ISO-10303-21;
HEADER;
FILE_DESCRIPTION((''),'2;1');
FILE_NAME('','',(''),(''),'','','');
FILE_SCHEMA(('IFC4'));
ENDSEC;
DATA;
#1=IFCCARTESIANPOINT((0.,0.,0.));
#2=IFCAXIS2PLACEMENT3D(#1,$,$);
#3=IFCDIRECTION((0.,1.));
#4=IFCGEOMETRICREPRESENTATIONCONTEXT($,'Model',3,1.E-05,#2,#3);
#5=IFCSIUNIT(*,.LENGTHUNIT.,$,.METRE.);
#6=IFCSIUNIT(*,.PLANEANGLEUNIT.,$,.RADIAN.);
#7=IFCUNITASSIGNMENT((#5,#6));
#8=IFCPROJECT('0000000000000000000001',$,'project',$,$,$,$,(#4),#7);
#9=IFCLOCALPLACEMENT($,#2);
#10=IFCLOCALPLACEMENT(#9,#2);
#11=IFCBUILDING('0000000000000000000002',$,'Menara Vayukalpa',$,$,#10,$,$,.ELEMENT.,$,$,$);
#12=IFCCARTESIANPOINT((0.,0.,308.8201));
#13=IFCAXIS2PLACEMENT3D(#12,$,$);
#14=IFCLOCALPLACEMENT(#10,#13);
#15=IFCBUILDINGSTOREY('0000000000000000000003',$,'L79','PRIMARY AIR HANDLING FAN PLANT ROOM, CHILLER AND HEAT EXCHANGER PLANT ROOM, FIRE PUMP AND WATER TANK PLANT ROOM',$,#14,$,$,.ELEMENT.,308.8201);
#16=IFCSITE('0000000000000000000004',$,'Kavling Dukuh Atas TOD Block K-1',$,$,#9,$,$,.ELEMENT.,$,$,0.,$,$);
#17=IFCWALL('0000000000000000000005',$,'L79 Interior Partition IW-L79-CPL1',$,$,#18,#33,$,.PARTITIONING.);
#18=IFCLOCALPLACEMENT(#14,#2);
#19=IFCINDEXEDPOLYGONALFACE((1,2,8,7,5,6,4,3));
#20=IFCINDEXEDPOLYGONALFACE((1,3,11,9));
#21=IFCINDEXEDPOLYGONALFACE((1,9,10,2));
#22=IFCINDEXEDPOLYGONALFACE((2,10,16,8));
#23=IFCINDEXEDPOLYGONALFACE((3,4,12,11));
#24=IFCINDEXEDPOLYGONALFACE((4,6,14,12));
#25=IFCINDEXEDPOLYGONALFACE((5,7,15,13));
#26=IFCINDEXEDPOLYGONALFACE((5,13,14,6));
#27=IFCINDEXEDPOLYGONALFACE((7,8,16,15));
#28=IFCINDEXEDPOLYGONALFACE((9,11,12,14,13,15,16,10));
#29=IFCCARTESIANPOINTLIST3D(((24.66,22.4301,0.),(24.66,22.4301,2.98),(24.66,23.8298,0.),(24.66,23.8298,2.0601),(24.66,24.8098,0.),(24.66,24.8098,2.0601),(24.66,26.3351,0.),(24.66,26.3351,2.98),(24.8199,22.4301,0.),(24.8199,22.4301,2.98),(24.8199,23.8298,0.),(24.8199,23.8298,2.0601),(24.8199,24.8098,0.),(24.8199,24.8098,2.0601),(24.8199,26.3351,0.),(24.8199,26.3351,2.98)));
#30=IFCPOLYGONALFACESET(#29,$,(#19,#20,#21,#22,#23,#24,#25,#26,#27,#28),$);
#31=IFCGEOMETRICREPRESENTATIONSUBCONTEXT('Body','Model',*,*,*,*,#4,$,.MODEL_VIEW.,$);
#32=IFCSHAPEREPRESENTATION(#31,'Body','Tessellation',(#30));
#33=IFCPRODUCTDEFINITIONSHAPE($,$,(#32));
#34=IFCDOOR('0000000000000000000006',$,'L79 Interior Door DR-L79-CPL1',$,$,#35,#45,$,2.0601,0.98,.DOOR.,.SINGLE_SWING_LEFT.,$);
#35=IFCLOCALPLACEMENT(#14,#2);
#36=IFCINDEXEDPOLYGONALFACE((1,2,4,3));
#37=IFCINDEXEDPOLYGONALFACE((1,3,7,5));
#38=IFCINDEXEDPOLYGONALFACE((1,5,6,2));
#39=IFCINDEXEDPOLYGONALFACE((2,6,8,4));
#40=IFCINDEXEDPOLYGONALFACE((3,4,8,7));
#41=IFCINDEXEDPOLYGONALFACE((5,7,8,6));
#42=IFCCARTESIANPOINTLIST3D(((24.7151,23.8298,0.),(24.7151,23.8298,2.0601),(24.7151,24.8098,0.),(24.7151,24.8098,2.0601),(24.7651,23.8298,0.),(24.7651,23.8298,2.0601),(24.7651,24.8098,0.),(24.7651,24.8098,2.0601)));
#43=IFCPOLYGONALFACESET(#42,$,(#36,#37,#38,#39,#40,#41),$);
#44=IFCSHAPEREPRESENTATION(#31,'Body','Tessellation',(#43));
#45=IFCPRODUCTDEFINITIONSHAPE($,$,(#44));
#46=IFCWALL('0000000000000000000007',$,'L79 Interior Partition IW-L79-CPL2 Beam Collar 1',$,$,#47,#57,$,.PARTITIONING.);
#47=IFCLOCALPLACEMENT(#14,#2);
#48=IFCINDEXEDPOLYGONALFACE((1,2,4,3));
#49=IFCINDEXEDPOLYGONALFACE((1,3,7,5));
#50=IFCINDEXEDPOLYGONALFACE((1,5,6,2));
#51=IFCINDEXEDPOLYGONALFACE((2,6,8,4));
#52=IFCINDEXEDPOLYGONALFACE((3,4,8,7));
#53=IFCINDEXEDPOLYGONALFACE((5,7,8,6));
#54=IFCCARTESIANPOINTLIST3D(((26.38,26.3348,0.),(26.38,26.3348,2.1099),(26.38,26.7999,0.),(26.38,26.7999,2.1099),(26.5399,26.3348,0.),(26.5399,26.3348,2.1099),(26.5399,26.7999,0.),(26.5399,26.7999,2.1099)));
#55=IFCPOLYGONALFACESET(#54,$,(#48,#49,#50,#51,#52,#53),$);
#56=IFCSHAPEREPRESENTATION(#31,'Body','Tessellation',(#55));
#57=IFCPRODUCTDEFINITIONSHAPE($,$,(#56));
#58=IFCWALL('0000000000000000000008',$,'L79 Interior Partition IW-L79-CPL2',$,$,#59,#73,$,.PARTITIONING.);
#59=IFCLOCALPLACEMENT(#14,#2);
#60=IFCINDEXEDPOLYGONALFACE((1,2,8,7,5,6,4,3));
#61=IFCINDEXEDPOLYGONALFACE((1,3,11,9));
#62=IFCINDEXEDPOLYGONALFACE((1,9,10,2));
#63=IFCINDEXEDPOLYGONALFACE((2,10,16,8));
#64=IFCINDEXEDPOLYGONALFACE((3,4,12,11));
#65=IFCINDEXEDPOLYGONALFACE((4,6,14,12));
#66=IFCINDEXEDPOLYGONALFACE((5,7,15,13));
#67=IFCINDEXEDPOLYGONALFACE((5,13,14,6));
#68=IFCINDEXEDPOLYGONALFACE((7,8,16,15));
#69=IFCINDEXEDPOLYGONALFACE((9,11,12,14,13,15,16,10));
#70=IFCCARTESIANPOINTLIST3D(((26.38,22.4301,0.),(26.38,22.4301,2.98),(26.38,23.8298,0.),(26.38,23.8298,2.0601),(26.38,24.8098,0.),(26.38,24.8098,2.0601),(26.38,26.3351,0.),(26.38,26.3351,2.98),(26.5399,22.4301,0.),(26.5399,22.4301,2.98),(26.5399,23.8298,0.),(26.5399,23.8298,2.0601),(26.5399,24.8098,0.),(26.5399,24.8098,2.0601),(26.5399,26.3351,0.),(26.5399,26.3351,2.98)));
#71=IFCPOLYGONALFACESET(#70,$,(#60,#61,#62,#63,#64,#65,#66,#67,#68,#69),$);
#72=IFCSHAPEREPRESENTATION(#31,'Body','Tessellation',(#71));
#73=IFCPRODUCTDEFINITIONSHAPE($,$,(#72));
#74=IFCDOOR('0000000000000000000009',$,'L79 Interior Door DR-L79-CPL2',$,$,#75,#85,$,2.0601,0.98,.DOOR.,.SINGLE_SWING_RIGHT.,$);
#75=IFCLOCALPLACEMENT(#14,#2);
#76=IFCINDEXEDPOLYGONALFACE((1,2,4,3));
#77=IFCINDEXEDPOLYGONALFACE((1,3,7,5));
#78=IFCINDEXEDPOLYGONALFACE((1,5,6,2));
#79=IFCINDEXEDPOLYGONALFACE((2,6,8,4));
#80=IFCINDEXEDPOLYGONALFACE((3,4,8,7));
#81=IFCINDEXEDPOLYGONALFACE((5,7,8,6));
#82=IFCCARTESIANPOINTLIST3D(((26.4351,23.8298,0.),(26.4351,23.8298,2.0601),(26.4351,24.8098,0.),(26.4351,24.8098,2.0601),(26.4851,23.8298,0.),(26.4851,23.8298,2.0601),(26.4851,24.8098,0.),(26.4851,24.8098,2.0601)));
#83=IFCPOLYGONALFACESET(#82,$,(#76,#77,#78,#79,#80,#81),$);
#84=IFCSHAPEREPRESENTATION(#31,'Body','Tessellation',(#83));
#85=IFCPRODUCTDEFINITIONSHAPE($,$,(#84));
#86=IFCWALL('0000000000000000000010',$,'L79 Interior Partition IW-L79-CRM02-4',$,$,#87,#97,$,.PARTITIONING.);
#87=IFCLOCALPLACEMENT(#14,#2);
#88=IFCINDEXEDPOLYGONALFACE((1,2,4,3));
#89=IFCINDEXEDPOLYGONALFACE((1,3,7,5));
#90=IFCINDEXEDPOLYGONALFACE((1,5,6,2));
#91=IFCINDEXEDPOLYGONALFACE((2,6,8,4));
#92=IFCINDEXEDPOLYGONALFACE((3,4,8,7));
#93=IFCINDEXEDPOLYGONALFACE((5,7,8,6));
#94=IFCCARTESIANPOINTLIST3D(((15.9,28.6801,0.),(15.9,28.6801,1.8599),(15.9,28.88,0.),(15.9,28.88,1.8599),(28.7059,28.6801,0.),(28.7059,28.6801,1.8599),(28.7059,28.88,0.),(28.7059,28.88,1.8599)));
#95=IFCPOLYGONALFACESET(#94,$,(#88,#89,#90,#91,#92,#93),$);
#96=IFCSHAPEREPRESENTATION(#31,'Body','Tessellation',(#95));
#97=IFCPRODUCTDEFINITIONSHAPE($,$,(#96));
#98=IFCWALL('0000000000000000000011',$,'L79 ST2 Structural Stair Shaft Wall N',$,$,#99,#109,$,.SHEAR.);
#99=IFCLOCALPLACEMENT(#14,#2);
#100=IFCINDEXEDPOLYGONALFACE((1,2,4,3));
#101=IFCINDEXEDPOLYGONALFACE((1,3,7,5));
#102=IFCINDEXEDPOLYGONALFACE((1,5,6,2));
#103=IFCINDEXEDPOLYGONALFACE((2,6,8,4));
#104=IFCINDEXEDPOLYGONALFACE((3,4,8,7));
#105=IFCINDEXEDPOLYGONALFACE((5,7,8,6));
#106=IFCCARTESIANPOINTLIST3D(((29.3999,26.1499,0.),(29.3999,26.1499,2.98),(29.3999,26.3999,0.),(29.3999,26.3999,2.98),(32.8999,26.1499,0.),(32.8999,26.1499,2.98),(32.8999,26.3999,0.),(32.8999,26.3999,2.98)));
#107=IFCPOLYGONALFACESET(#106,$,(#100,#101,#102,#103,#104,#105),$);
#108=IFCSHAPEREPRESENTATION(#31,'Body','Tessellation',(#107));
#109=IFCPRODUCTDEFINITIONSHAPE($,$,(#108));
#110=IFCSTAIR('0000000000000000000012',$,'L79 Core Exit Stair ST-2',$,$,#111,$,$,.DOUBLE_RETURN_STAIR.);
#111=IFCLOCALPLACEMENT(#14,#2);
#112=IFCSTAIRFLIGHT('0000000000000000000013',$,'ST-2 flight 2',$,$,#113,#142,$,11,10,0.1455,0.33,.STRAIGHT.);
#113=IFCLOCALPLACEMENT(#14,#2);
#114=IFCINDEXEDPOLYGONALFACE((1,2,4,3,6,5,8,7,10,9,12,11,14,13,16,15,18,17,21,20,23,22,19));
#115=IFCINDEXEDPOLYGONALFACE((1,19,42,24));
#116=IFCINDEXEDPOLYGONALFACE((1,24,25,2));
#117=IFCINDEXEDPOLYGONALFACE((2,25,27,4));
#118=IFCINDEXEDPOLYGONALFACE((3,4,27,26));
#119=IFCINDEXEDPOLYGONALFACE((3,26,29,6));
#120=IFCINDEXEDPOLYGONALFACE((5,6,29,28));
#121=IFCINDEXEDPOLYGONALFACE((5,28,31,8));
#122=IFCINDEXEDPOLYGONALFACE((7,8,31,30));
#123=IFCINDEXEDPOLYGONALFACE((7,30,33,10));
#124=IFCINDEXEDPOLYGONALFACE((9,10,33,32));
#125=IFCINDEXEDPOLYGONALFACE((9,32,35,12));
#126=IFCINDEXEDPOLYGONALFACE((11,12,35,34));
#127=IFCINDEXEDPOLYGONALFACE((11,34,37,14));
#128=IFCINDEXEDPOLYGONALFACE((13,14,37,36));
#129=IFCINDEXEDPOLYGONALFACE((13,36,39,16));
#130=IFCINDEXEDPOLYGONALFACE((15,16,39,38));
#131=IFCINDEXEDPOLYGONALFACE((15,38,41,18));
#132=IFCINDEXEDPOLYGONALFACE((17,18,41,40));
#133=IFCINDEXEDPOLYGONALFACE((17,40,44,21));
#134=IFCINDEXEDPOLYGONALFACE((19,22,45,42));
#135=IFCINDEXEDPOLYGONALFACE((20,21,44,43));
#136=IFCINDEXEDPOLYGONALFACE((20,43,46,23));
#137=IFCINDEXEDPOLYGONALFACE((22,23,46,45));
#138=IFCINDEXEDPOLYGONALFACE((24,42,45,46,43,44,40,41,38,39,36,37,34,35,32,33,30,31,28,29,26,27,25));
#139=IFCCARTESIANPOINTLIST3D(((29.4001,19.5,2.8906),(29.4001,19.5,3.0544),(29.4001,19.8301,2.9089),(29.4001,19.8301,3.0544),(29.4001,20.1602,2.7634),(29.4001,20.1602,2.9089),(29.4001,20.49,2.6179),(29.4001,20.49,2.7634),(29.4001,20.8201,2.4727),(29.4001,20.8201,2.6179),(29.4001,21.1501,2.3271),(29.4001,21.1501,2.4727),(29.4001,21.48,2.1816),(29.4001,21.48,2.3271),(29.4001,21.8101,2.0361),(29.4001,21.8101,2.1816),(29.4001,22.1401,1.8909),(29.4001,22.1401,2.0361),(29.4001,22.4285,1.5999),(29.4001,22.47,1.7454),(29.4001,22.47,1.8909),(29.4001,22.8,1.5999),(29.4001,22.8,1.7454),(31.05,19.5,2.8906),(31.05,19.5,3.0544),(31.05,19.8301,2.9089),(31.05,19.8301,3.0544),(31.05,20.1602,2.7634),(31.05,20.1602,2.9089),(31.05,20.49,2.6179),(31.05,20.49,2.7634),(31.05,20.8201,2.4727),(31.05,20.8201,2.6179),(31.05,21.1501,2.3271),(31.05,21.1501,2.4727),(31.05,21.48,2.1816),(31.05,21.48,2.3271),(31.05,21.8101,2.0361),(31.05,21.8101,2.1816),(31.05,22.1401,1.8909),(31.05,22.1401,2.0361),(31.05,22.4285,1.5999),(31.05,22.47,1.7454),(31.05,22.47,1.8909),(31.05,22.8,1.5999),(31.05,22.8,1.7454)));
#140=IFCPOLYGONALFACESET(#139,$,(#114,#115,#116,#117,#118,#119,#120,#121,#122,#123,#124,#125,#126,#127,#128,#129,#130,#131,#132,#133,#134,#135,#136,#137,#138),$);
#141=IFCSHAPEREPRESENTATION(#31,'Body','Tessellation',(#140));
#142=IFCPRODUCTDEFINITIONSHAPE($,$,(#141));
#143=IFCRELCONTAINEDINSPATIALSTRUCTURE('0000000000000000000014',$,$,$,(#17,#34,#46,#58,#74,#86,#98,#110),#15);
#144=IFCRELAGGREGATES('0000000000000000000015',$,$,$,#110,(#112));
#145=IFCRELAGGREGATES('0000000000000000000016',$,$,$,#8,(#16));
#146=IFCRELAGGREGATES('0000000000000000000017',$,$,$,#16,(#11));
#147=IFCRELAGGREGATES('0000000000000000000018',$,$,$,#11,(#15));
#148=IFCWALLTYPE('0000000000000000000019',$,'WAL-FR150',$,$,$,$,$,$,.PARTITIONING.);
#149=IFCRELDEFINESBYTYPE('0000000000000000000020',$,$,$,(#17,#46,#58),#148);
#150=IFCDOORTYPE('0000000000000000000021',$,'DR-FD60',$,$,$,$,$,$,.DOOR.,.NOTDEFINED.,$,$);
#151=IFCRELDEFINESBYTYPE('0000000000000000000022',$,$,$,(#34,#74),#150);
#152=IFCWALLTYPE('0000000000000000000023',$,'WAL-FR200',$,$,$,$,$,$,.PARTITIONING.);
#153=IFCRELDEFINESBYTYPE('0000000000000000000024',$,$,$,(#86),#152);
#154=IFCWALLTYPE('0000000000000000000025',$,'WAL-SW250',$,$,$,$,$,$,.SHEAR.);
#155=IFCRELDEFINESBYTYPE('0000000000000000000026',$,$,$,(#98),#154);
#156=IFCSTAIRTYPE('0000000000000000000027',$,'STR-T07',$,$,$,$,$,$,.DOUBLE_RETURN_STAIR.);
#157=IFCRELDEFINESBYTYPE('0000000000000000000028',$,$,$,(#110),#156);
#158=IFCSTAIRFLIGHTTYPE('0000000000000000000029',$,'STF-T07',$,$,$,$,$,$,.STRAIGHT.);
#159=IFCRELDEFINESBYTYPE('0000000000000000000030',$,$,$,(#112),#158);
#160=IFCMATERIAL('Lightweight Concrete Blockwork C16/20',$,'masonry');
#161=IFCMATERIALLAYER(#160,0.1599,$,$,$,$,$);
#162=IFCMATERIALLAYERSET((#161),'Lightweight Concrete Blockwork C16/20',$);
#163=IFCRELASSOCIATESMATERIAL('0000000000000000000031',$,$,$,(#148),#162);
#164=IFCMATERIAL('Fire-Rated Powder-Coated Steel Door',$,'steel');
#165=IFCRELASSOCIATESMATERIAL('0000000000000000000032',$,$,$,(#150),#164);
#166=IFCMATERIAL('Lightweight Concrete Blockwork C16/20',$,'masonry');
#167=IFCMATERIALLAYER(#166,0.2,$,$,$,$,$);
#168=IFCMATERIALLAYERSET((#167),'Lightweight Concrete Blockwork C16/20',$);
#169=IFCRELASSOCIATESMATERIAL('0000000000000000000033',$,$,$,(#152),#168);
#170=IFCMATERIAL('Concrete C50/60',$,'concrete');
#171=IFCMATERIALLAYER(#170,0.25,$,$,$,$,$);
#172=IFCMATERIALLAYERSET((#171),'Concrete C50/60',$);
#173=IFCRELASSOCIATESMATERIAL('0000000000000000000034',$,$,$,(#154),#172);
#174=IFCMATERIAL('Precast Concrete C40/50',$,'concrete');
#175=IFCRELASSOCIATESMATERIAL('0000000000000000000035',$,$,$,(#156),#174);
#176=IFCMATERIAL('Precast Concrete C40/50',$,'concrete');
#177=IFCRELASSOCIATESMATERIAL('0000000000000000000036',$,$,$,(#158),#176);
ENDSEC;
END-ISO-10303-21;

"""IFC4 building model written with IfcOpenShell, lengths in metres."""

from ifc_helpers import new_model, si_unit, direction, frame, frame_2d, origin, place, context, subcontext, project, spatial, polyline, rectangle, outline, extrude, material, layer, layer_set, type_object, element, fill, aggregate, save


model = new_model("IFC4")

# Units and contexts
model_context = context("Model", 3, precision=1e-05, world=origin(), true_north=direction((0.0, 1.0)))
body_context = subcontext(model_context, "Body", "Model", "MODEL_VIEW")
ifc_project = project(units=[si_unit("LENGTHUNIT", "METRE"), si_unit("PLANEANGLEUNIT", "RADIAN")], contexts=[model_context])

# Site, building, storey
site_placement = place(None, origin())
site = spatial("IfcSite", under=ifc_project, at=site_placement, Name="Kavling Dukuh Atas TOD Block K-1", CompositionType="ELEMENT", RefElevation=0.0)
building_placement = place(site_placement, origin())
building = spatial("IfcBuilding", under=site, at=building_placement, Name="Menara Vayukalpa", CompositionType="ELEMENT")
storey_placement = place(building_placement, frame((0.0, 0.0, 308.8201)))
storey = spatial("IfcBuildingStorey", under=building, at=storey_placement, Name="L79", Description="PRIMARY AIR HANDLING FAN PLANT ROOM, CHILLER AND HEAT EXCHANGER PLANT ROOM, FIRE PUMP AND WATER TANK PLANT ROOM", CompositionType="ELEMENT", Elevation=308.8201)

# Shared definitions
ifc_material_1 = material(Name="Lightweight Concrete Blockwork C16/20", Category="masonry")
ifc_layer_1 = layer(ifc_material_1, 0.1599)
ifc_layer_set_1 = layer_set([ifc_layer_1], Name="Lightweight Concrete Blockwork C16/20")
wall_type_1 = type_object("IfcWallType", Name="WAL-FR150", PredefinedType="PARTITIONING", material=ifc_layer_set_1)

# Wall, opening, door
wall_1_placement = place(storey_placement, frame((24.74, 22.4299, 0.0), z_axis=(0.0, 0.0, 1.0), x_axis=(0.0, 1.0, 0.0)))
wall_1 = element("IfcWall", 1, at=wall_1_placement, inside=storey, type_object=wall_type_1, Name="L79 Interior Partition IW-L79-CPL1", PredefinedType="PARTITIONING", context=body_context, shape_type="SweptSolid", body=[
    extrude(rectangle(XDim=3.905, YDim=0.1599, at=frame_2d((1.9526, 0.0))), origin(), (0.0, 0.0, 1.0), 2.98),
])
opening_1_placement = place(wall_1_placement, frame((1.3999, 0.0, 0.0)))
opening_1 = element("IfcOpeningElement", 2, at=opening_1_placement, cuts=wall_1, PredefinedType="OPENING", context=body_context, shape_type="SweptSolid", body=[
    extrude(rectangle(XDim=0.98, YDim=2.0601, at=frame_2d((0.49, 1.03))), frame((0.0, 0.0898, 0.0), z_axis=(0.0, -1.0, 0.0), x_axis=(1.0, 0.0, 0.0)), (0.0, 0.0, 1.0), 0.1799),
])
ifc_material_2 = material(Name="Fire-Rated Powder-Coated Steel Door", Category="steel")
door_type = type_object("IfcDoorType", Name="DR-FD60", OperationType="NOTDEFINED", PredefinedType="DOOR", material=ifc_material_2)
door_1_placement = place(opening_1_placement, origin())
door_1 = element("IfcDoor", 3, at=door_1_placement, inside=storey, type_object=door_type, Name="L79 Interior Door DR-L79-CPL1", OperationType="SINGLE_SWING_LEFT", OverallHeight=2.0601, OverallWidth=0.98, PredefinedType="DOOR", context=body_context, shape_type="SweptSolid", body=[
    extrude(rectangle(XDim=0.98, YDim=2.0601, at=frame_2d((0.49, 1.03))), frame((0.0, 0.0249, 0.0), z_axis=(0.0, -1.0, 0.0), x_axis=(1.0, 0.0, 0.0)), (0.0, 0.0, 1.0), 0.05),
])
fill(opening_1, door_1)

# Wall
wall_2_placement = place(storey_placement, frame((26.46, 26.335, 0.0), z_axis=(0.0, 0.0, 1.0), x_axis=(0.0, 1.0, 0.0)))
element("IfcWall", 4, at=wall_2_placement, inside=storey, type_object=wall_type_1, Name="L79 Interior Partition IW-L79-CPL2 Beam Collar 1", PredefinedType="PARTITIONING", context=body_context, shape_type="SweptSolid", body=[
    extrude(rectangle(XDim=0.4651, YDim=0.1599, at=frame_2d((0.2324, 0.0))), origin(), (0.0, 0.0, 1.0), 2.1099),
])

# Wall, opening, door
wall_3_placement = place(storey_placement, frame((26.46, 22.4299, 0.0), z_axis=(0.0, 0.0, 1.0), x_axis=(0.0, 1.0, 0.0)))
wall_3 = element("IfcWall", 5, at=wall_3_placement, inside=storey, type_object=wall_type_1, Name="L79 Interior Partition IW-L79-CPL2", PredefinedType="PARTITIONING", context=body_context, shape_type="SweptSolid", body=[
    extrude(rectangle(XDim=3.905, YDim=0.1599, at=frame_2d((1.9526, 0.0))), origin(), (0.0, 0.0, 1.0), 2.98),
])
opening_2_placement = place(wall_3_placement, frame((1.3999, 0.0, 0.0)))
opening_2 = element("IfcOpeningElement", 6, at=opening_2_placement, cuts=wall_3, PredefinedType="OPENING", context=body_context, shape_type="SweptSolid", body=[
    extrude(rectangle(XDim=0.98, YDim=2.0601, at=frame_2d((0.49, 1.03))), frame((0.0, 0.0898, 0.0), z_axis=(0.0, -1.0, 0.0), x_axis=(1.0, 0.0, 0.0)), (0.0, 0.0, 1.0), 0.1799),
])
door_2_placement = place(opening_2_placement, origin())
door_2 = element("IfcDoor", 7, at=door_2_placement, inside=storey, type_object=door_type, Name="L79 Interior Door DR-L79-CPL2", OperationType="SINGLE_SWING_RIGHT", OverallHeight=2.0601, OverallWidth=0.98, PredefinedType="DOOR", context=body_context, shape_type="SweptSolid", body=[
    extrude(rectangle(XDim=0.98, YDim=2.0601, at=frame_2d((0.49, 1.03))), frame((0.0, 0.0249, 0.0), z_axis=(0.0, -1.0, 0.0), x_axis=(1.0, 0.0, 0.0)), (0.0, 0.0, 1.0), 0.05),
])
fill(opening_2, door_2)

# Walls
ifc_material_3 = material(Name="Lightweight Concrete Blockwork C16/20", Category="masonry")
ifc_layer_2 = layer(ifc_material_3, 0.2)
ifc_layer_set_2 = layer_set([ifc_layer_2], Name="Lightweight Concrete Blockwork C16/20")
wall_type_2 = type_object("IfcWallType", Name="WAL-FR200", PredefinedType="PARTITIONING", material=ifc_layer_set_2)
wall_4_placement = place(storey_placement, frame((28.7058, 28.78, 0.0), z_axis=(0.0, 0.0, 1.0), x_axis=(-1.0, 0.0, 0.0)))
element("IfcWall", 8, at=wall_4_placement, inside=storey, type_object=wall_type_2, Name="L79 Interior Partition IW-L79-CRM02-4", PredefinedType="PARTITIONING", context=body_context, shape_type="SweptSolid", body=[
    extrude(rectangle(XDim=12.8059, YDim=0.2, at=frame_2d((6.4028, 0.0))), origin(), (0.0, 0.0, 1.0), 1.8599),
])
ifc_material_4 = material(Name="Concrete C50/60", Category="concrete")
ifc_layer_3 = layer(ifc_material_4, 0.25)
ifc_layer_set_3 = layer_set([ifc_layer_3], Name="Concrete C50/60")
wall_type_3 = type_object("IfcWallType", Name="WAL-SW250", PredefinedType="SHEAR", material=ifc_layer_set_3)
wall_5_placement = place(storey_placement, frame((29.3999, 26.2749, 0.0), z_axis=(0.0, 0.0, 1.0), x_axis=(1.0, 0.0, 0.0)))
element("IfcWall", 9, at=wall_5_placement, inside=storey, type_object=wall_type_3, Name="L79 ST2 Structural Stair Shaft Wall N", PredefinedType="SHEAR", context=body_context, shape_type="SweptSolid", body=[
    extrude(rectangle(XDim=3.5, YDim=0.25, at=frame_2d((1.75, 0.0))), origin(), (0.0, 0.0, 1.0), 2.98),
])

# Stair, stair flight
ifc_material_5 = material(Name="Precast Concrete C40/50", Category="concrete")
stair_type = type_object("IfcStairType", Name="STR-T07", PredefinedType="DOUBLE_RETURN_STAIR", material=ifc_material_5)
stair_placement = place(storey_placement, origin())
stair = element("IfcStair", 10, at=stair_placement, inside=storey, type_object=stair_type, Name="L79 Core Exit Stair ST-2", PredefinedType="DOUBLE_RETURN_STAIR")
ifc_material_6 = material(Name="Precast Concrete C40/50", Category="concrete")
stair_flight_type = type_object("IfcStairFlightType", Name="STF-T07", PredefinedType="STRAIGHT", material=ifc_material_6)
stair_flight_placement = place(storey_placement, frame((30.2251, 22.8, 1.5999), z_axis=(0.0, 0.0, 1.0), x_axis=(0.0, -1.0, 0.0)))
stair_flight = element("IfcStairFlight", 11, at=stair_flight_placement, type_object=stair_flight_type, Name="ST-2 flight 2", NumberOfRisers=11, NumberOfTreads=10, PredefinedType="STRAIGHT", RiserHeight=0.1455, TreadLength=0.33, context=body_context, shape_type="SweptSolid", body=[
    extrude(outline(polyline([(0.0, 0.0), (0.0, 0.1455), (0.3301, 0.1455), (0.3301, 0.291), (0.6599, 0.291), (0.6599, 0.4363), (0.99, 0.4363), (0.99, 0.5818), (1.3201, 0.5818), (1.3201, 0.7273), (1.6499, 0.7273), (1.6499, 0.8728), (1.98, 0.8728), (1.98, 1.0181), (2.3101, 1.0181), (2.3101, 1.1636), (2.6399, 1.1636), (2.6399, 1.3091), (2.97, 1.3091), (2.97, 1.4546), (3.3, 1.4546), (3.3, 1.6001), (3.3, 1.2908), (0.3716, 0.0), (0.0, 0.0)])), frame((0.0, 0.825, 0.0), z_axis=(0.0, -1.0, 0.0), x_axis=(1.0, 0.0, 0.0)), (0.0, 0.0, 1.0), 1.6499),
])
aggregate(stair, [stair_flight])

save(model, "model.ifc")
